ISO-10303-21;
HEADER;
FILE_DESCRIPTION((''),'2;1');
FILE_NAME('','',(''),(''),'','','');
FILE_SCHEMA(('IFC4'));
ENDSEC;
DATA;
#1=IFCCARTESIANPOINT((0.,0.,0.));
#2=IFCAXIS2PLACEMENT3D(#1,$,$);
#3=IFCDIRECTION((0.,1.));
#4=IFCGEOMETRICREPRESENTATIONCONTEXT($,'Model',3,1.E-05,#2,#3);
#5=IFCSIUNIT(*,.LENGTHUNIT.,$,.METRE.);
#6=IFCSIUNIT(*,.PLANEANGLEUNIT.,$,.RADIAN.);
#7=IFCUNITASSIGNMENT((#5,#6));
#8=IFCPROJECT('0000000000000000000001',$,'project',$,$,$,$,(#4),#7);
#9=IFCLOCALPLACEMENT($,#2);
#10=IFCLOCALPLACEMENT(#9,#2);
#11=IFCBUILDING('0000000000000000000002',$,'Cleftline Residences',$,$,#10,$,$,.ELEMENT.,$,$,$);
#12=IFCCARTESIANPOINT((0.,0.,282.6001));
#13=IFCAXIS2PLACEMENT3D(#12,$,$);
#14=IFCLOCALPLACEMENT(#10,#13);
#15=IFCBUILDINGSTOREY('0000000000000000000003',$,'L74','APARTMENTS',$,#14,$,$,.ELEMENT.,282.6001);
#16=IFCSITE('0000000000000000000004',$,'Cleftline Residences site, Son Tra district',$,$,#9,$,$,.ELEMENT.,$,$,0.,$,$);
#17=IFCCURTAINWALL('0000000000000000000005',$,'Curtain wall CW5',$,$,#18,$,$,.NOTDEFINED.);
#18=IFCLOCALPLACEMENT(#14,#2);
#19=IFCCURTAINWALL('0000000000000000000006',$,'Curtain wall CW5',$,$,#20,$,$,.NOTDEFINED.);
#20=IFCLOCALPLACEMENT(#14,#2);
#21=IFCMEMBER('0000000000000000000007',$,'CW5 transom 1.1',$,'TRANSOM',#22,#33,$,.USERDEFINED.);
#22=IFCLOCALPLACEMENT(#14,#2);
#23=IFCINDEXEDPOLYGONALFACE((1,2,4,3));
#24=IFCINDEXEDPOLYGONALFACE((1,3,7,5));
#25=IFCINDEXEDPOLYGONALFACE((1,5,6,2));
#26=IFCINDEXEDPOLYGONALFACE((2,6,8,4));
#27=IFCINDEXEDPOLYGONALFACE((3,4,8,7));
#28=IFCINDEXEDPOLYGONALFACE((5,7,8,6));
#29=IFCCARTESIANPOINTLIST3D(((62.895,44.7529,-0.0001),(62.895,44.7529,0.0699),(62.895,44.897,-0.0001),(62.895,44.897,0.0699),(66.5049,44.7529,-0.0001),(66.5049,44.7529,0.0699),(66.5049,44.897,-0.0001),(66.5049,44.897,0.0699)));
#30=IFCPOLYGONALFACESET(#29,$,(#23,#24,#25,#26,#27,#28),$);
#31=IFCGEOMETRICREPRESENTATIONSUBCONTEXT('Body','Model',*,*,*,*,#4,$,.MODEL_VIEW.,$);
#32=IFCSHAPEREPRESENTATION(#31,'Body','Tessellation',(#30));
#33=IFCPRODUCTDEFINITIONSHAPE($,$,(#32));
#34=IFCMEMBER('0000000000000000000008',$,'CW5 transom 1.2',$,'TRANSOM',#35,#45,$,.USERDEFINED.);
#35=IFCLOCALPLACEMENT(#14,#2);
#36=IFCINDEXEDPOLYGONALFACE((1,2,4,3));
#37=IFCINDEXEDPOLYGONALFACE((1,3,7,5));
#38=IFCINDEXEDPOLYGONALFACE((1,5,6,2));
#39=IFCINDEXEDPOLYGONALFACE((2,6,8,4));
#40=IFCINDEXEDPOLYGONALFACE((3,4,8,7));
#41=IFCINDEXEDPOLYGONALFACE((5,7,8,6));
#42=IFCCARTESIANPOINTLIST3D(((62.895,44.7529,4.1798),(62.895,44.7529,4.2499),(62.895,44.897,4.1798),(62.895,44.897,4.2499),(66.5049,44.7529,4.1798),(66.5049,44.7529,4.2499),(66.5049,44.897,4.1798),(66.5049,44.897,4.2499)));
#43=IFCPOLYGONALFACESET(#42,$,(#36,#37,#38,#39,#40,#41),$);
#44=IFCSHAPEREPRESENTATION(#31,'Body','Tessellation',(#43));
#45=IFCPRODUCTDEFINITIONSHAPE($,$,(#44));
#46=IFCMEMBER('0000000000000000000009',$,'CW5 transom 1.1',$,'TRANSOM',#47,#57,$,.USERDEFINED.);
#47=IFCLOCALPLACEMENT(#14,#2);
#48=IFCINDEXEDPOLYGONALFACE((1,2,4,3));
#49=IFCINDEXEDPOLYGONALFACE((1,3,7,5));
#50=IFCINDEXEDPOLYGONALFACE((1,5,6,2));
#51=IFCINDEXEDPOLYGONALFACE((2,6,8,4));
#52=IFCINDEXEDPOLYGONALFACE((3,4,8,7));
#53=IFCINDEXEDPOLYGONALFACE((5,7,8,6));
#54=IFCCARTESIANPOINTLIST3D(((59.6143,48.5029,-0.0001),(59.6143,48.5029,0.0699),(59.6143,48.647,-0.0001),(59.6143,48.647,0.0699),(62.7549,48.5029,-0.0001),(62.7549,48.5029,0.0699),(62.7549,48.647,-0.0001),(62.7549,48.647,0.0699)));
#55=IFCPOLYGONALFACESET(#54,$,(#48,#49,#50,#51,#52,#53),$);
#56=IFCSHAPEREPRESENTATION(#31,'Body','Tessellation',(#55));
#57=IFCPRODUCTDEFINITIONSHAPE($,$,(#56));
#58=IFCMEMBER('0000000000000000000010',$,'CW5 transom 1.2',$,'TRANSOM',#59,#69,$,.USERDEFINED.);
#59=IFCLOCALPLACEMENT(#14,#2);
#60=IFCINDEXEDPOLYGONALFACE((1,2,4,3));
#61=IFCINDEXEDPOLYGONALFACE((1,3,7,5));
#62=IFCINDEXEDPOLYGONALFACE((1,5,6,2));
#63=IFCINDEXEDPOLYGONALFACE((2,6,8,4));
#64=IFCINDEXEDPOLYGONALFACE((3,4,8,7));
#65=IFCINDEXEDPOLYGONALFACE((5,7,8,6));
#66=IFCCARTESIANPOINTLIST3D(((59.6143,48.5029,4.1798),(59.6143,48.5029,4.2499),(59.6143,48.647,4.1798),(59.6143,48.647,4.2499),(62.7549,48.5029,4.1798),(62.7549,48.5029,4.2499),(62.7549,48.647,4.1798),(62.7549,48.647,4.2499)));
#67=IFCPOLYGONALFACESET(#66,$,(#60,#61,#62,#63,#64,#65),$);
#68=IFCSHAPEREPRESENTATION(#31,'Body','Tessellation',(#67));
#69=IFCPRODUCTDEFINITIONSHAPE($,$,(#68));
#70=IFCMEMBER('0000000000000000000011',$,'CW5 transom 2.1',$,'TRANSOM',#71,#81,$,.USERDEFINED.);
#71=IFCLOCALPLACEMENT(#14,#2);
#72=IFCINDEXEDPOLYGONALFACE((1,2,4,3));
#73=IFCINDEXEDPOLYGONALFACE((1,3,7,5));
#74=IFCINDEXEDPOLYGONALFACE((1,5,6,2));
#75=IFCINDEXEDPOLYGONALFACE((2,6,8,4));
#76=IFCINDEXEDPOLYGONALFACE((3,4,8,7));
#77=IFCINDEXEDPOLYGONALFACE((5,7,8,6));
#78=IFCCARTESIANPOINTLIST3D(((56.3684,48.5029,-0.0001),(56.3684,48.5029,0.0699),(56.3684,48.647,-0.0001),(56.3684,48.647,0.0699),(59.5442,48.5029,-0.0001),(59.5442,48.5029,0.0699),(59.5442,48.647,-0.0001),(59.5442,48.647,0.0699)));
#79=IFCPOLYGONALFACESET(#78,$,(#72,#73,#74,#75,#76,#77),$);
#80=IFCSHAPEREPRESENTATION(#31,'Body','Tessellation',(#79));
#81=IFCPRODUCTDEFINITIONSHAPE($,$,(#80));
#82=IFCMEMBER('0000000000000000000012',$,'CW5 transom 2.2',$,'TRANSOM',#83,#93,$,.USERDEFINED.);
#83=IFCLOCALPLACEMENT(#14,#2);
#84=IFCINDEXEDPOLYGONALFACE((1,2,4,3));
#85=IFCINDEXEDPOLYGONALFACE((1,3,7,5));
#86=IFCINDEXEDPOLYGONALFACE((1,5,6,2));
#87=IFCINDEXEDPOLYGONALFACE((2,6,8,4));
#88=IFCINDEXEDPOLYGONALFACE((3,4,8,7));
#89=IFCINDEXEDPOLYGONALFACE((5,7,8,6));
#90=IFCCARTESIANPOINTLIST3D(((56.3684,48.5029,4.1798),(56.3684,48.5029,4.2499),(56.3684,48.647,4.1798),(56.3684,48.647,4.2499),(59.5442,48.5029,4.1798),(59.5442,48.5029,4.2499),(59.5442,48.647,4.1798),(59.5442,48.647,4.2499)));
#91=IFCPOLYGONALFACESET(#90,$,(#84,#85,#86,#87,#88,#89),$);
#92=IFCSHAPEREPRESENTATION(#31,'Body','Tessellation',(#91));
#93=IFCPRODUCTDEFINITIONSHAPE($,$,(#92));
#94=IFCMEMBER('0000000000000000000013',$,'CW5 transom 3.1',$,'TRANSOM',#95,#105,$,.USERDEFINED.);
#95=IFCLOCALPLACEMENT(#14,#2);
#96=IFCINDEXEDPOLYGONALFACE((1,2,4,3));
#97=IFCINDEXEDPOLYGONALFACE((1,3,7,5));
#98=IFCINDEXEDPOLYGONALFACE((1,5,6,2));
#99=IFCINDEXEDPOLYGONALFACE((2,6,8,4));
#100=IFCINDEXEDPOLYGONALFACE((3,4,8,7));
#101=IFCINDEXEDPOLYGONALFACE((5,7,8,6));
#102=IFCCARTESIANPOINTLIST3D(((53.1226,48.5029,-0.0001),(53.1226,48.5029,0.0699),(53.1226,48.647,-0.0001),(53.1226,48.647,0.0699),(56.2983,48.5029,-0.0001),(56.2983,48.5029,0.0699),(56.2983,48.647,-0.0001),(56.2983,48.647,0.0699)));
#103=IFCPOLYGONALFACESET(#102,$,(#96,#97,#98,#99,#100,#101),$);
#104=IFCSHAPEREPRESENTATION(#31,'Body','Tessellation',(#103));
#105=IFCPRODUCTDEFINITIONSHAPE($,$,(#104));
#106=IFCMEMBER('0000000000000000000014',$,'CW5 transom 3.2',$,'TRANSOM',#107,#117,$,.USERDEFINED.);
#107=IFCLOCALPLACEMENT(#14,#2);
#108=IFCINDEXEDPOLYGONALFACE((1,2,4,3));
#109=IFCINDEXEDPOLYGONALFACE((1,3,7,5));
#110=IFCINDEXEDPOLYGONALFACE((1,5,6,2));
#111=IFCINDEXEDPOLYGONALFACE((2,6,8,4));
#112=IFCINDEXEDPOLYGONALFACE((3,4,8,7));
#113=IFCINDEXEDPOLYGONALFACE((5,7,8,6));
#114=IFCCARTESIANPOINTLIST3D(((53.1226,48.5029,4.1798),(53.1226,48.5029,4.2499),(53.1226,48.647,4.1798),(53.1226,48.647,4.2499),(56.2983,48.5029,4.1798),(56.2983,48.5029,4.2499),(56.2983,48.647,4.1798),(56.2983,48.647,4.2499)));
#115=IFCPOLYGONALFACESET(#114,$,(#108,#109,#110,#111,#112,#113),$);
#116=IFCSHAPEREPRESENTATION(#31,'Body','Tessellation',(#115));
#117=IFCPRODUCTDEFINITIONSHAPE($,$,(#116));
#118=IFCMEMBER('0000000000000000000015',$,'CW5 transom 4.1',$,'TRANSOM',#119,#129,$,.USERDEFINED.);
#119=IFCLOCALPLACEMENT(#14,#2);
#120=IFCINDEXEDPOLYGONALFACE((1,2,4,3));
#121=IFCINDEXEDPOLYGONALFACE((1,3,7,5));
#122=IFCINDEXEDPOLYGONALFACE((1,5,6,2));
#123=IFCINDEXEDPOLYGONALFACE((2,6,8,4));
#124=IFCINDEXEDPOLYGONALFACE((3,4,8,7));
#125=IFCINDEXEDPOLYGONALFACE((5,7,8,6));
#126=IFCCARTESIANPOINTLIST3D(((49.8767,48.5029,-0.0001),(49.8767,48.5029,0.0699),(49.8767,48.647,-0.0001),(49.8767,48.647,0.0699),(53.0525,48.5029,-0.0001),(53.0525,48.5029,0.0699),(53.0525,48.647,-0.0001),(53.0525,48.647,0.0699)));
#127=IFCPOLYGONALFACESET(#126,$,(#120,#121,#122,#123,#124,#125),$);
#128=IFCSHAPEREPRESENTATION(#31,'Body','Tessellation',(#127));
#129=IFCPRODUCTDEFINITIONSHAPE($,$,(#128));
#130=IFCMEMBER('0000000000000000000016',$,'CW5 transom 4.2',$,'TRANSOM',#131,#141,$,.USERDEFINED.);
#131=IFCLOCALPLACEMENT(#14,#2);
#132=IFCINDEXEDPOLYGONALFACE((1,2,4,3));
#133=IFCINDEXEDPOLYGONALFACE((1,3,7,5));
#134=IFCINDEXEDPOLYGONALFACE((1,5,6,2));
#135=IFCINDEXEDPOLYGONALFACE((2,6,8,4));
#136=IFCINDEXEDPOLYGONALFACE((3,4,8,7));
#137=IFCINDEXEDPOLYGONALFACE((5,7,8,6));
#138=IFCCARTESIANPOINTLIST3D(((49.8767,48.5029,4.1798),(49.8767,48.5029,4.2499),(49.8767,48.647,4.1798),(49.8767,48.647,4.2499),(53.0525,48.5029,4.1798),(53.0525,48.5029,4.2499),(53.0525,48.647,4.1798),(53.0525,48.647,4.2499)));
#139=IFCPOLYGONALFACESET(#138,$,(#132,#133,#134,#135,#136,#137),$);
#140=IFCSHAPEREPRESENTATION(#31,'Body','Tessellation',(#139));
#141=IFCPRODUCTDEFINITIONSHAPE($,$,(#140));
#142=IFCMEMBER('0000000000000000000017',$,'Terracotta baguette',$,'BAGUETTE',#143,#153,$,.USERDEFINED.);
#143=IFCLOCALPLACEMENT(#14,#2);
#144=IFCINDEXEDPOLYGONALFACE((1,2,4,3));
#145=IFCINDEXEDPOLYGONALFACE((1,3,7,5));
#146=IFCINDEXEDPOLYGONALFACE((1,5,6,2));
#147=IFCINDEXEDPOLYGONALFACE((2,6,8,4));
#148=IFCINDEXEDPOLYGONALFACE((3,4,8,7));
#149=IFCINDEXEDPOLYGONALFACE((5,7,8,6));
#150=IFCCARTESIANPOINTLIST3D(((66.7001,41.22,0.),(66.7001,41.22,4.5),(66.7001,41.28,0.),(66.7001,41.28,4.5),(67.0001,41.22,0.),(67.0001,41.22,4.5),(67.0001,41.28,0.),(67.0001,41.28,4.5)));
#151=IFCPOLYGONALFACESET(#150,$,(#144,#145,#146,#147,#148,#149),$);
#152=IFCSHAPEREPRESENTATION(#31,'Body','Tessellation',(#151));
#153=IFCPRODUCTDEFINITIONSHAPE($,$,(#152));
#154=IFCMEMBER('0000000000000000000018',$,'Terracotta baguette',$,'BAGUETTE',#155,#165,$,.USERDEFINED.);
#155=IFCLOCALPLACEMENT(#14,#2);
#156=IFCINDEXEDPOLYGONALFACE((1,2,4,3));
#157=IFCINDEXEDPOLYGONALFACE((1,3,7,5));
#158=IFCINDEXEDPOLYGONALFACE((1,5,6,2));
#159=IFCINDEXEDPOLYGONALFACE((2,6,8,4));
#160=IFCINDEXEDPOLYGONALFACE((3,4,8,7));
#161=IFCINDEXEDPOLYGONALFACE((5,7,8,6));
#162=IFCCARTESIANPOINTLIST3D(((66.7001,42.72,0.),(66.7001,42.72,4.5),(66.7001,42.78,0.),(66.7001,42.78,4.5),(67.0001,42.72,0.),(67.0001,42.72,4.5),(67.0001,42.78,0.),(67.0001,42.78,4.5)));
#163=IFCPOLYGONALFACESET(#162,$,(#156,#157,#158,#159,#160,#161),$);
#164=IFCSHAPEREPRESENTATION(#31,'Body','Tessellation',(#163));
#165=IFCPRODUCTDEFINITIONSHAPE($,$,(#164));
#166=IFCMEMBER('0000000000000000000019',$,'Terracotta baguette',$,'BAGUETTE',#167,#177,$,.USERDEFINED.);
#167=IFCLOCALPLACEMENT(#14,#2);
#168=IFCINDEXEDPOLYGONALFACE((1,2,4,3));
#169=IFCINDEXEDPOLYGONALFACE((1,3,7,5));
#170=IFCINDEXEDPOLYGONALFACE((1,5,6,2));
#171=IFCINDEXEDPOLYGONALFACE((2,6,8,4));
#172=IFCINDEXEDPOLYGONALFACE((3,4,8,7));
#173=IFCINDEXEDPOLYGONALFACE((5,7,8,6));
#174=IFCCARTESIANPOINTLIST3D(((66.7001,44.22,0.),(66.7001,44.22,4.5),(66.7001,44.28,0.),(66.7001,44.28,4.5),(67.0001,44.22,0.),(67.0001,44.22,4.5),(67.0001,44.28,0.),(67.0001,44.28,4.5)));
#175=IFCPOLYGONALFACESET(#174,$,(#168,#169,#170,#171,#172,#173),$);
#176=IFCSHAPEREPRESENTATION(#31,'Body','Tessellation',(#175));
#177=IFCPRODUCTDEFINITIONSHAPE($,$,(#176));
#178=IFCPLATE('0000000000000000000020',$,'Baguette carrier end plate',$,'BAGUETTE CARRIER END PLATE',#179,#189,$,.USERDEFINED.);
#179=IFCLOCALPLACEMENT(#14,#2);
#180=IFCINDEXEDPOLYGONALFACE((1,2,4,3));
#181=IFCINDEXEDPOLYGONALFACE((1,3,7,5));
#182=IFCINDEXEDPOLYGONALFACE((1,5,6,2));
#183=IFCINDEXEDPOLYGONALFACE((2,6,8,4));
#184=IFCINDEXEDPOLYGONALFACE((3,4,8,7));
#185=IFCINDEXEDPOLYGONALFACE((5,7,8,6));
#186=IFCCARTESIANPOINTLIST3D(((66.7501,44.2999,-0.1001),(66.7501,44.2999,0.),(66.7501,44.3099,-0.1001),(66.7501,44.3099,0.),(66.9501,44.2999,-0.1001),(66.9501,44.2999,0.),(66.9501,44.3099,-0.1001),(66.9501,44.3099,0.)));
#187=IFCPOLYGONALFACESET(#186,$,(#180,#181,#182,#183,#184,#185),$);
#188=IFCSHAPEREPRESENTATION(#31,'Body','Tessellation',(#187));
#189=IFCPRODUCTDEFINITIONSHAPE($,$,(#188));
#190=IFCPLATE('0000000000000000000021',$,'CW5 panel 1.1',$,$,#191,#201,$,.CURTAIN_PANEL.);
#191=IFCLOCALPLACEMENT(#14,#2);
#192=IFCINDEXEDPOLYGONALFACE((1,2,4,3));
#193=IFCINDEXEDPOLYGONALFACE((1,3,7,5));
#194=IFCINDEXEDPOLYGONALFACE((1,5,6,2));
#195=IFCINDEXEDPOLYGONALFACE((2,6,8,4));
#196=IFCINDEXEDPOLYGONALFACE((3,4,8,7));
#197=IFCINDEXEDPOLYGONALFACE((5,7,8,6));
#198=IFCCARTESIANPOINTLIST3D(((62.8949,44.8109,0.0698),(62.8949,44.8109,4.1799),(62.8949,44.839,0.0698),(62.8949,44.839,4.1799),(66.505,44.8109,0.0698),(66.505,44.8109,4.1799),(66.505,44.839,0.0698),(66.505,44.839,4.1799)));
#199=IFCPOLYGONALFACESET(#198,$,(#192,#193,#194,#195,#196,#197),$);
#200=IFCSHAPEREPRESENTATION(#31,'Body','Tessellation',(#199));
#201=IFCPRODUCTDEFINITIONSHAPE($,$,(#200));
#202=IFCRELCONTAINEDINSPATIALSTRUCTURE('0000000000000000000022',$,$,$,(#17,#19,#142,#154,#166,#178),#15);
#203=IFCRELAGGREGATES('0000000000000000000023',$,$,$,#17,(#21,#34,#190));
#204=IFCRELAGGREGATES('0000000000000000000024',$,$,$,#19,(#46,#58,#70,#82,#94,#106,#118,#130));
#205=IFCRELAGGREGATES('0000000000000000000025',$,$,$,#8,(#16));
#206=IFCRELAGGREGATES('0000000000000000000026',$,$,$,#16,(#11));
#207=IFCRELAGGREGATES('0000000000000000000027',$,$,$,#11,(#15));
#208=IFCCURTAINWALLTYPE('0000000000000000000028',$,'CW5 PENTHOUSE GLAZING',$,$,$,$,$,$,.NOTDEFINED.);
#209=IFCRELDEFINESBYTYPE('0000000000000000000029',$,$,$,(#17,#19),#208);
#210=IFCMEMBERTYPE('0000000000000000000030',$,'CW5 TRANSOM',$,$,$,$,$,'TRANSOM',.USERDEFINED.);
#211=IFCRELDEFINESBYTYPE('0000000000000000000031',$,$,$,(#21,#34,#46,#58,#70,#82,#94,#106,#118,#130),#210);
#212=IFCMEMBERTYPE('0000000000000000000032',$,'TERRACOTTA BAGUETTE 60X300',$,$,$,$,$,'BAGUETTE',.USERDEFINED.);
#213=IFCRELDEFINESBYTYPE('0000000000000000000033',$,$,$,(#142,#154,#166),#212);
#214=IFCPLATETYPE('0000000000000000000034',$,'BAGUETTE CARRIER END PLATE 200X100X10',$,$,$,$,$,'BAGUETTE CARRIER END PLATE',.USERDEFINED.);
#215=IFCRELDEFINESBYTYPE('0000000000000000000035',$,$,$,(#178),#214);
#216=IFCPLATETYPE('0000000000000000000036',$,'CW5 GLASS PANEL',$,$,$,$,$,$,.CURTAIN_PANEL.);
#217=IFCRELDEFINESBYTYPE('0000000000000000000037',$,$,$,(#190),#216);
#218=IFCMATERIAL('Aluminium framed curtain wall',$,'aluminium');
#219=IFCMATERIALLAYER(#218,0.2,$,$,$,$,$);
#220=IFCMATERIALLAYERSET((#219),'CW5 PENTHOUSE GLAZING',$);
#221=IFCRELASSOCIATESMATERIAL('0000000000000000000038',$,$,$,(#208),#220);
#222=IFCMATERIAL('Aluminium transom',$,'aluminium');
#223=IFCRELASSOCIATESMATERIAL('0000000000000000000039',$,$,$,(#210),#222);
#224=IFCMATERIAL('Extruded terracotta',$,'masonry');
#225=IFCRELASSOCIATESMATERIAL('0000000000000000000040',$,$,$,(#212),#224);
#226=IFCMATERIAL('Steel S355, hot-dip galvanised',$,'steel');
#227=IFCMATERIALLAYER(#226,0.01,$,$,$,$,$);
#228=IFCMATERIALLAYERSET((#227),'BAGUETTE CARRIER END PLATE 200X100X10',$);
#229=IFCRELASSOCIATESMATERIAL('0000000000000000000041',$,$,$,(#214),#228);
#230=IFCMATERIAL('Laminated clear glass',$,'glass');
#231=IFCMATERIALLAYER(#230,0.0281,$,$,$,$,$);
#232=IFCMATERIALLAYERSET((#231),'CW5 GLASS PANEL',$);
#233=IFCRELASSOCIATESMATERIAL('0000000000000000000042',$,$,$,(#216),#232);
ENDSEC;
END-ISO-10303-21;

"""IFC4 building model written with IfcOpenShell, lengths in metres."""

from ifc_helpers import new_model, si_unit, direction, frame, origin, origin_2d, place, context, subcontext, project, spatial, rectangle, extrude, material, layer, layer_set, material_profile, profile_set, type_object, element, aggregate, save


model = new_model("IFC4")

# Units and contexts
model_context = context("Model", 3, precision=1e-05, world=origin(), true_north=direction((0.0, 1.0)))
body_context = subcontext(model_context, "Body", "Model", "MODEL_VIEW")
ifc_project = project(units=[si_unit("LENGTHUNIT", "METRE"), si_unit("PLANEANGLEUNIT", "RADIAN")], contexts=[model_context])

# Site, building, storey
site_placement = place(None, origin())
site = spatial("IfcSite", under=ifc_project, at=site_placement, Name="Cleftline Residences site, Son Tra district", CompositionType="ELEMENT", RefElevation=0.0)
building_placement = place(site_placement, origin())
building = spatial("IfcBuilding", under=site, at=building_placement, Name="Cleftline Residences", CompositionType="ELEMENT")
storey_placement = place(building_placement, frame((0.0, 0.0, 282.6001)))
storey = spatial("IfcBuildingStorey", under=building, at=storey_placement, Name="L74", Description="APARTMENTS", CompositionType="ELEMENT", Elevation=282.6001)

# Curtain walls
ifc_material_1 = material(Name="Aluminium framed curtain wall", Category="aluminium")
ifc_layer_1 = layer(ifc_material_1, 0.2)
ifc_layer_set_1 = layer_set([ifc_layer_1], Name="CW5 PENTHOUSE GLAZING")
curtain_wall_type = type_object("IfcCurtainWallType", Name="CW5 PENTHOUSE GLAZING", PredefinedType="NOTDEFINED", material=ifc_layer_set_1)
curtain_wall_1_placement = place(storey_placement, origin())
curtain_wall_1 = element("IfcCurtainWall", 1, at=curtain_wall_1_placement, inside=storey, type_object=curtain_wall_type, Name="Curtain wall CW5", PredefinedType="NOTDEFINED")
curtain_wall_2_placement = place(storey_placement, origin())
curtain_wall_2 = element("IfcCurtainWall", 2, at=curtain_wall_2_placement, inside=storey, type_object=curtain_wall_type, Name="Curtain wall CW5", PredefinedType="NOTDEFINED")

# Members
ifc_material_2 = material(Name="Aluminium transom", Category="aluminium")
ifc_material_profile_1 = material_profile(ifc_material_2, rectangle(XDim=0.144, YDim=0.0701, at=origin_2d()))
ifc_profile_set_1 = profile_set([ifc_material_profile_1], Name="Aluminium transom")
member_type_1 = type_object("IfcMemberType", Name="CW5 TRANSOM", ElementType="TRANSOM", PredefinedType="USERDEFINED", material=ifc_profile_set_1)
member_1_placement = place(storey_placement, frame((66.5049, 44.825, 0.0349), z_axis=(-1.0, 0.0, 0.0), x_axis=(0.0, -1.0, 0.0)))
member_1 = element("IfcMember", 3, at=member_1_placement, type_object=member_type_1, Name="CW5 transom 1.1", ObjectType="TRANSOM", PredefinedType="USERDEFINED", context=body_context, shape_type="SweptSolid", body=[
    extrude(rectangle(XDim=0.144, YDim=0.0701, at=origin_2d()), origin(), (0.0, 0.0, 1.0), 3.6099),
])
member_2_placement = place(storey_placement, frame((66.5049, 44.825, 4.2148), z_axis=(-1.0, 0.0, 0.0), x_axis=(0.0, -1.0, 0.0)))
member_2 = element("IfcMember", 4, at=member_2_placement, type_object=member_type_1, Name="CW5 transom 1.2", ObjectType="TRANSOM", PredefinedType="USERDEFINED", context=body_context, shape_type="SweptSolid", body=[
    extrude(rectangle(XDim=0.144, YDim=0.0701, at=origin_2d()), origin(), (0.0, 0.0, 1.0), 3.6099),
])
member_3_placement = place(storey_placement, frame((62.7549, 48.575, 0.0349), z_axis=(-1.0, 0.0, 0.0), x_axis=(0.0, -1.0, 0.0)))
member_3 = element("IfcMember", 5, at=member_3_placement, type_object=member_type_1, Name="CW5 transom 1.1", ObjectType="TRANSOM", PredefinedType="USERDEFINED", context=body_context, shape_type="SweptSolid", body=[
    extrude(rectangle(XDim=0.144, YDim=0.0701, at=origin_2d()), origin(), (0.0, 0.0, 1.0), 3.1406),
])
member_4_placement = place(storey_placement, frame((62.7549, 48.575, 4.2148), z_axis=(-1.0, 0.0, 0.0), x_axis=(0.0, -1.0, 0.0)))
member_4 = element("IfcMember", 6, at=member_4_placement, type_object=member_type_1, Name="CW5 transom 1.2", ObjectType="TRANSOM", PredefinedType="USERDEFINED", context=body_context, shape_type="SweptSolid", body=[
    extrude(rectangle(XDim=0.144, YDim=0.0701, at=origin_2d()), origin(), (0.0, 0.0, 1.0), 3.1406),
])
member_5_placement = place(storey_placement, frame((59.5442, 48.575, 0.0349), z_axis=(-1.0, 0.0, 0.0), x_axis=(0.0, -1.0, 0.0)))
member_5 = element("IfcMember", 7, at=member_5_placement, type_object=member_type_1, Name="CW5 transom 2.1", ObjectType="TRANSOM", PredefinedType="USERDEFINED", context=body_context, shape_type="SweptSolid", body=[
    extrude(rectangle(XDim=0.144, YDim=0.0701, at=origin_2d()), origin(), (0.0, 0.0, 1.0), 3.1758),
])
member_6_placement = place(storey_placement, frame((59.5442, 48.575, 4.2148), z_axis=(-1.0, 0.0, 0.0), x_axis=(0.0, -1.0, 0.0)))
member_6 = element("IfcMember", 8, at=member_6_placement, type_object=member_type_1, Name="CW5 transom 2.2", ObjectType="TRANSOM", PredefinedType="USERDEFINED", context=body_context, shape_type="SweptSolid", body=[
    extrude(rectangle(XDim=0.144, YDim=0.0701, at=origin_2d()), origin(), (0.0, 0.0, 1.0), 3.1758),
])
member_7_placement = place(storey_placement, frame((56.2983, 48.575, 0.0349), z_axis=(-1.0, 0.0, 0.0), x_axis=(0.0, -1.0, 0.0)))
member_7 = element("IfcMember", 9, at=member_7_placement, type_object=member_type_1, Name="CW5 transom 3.1", ObjectType="TRANSOM", PredefinedType="USERDEFINED", context=body_context, shape_type="SweptSolid", body=[
    extrude(rectangle(XDim=0.144, YDim=0.0701, at=origin_2d()), origin(), (0.0, 0.0, 1.0), 3.1758),
])
member_8_placement = place(storey_placement, frame((56.2983, 48.575, 4.2148), z_axis=(-1.0, 0.0, 0.0), x_axis=(0.0, -1.0, 0.0)))
member_8 = element("IfcMember", 10, at=member_8_placement, type_object=member_type_1, Name="CW5 transom 3.2", ObjectType="TRANSOM", PredefinedType="USERDEFINED", context=body_context, shape_type="SweptSolid", body=[
    extrude(rectangle(XDim=0.144, YDim=0.0701, at=origin_2d()), origin(), (0.0, 0.0, 1.0), 3.1758),
])
member_9_placement = place(storey_placement, frame((53.0525, 48.575, 0.0349), z_axis=(-1.0, 0.0, 0.0), x_axis=(0.0, -1.0, 0.0)))
member_9 = element("IfcMember", 11, at=member_9_placement, type_object=member_type_1, Name="CW5 transom 4.1", ObjectType="TRANSOM", PredefinedType="USERDEFINED", context=body_context, shape_type="SweptSolid", body=[
    extrude(rectangle(XDim=0.144, YDim=0.0701, at=origin_2d()), origin(), (0.0, 0.0, 1.0), 3.1758),
])
member_10_placement = place(storey_placement, frame((53.0525, 48.575, 4.2148), z_axis=(-1.0, 0.0, 0.0), x_axis=(0.0, -1.0, 0.0)))
member_10 = element("IfcMember", 12, at=member_10_placement, type_object=member_type_1, Name="CW5 transom 4.2", ObjectType="TRANSOM", PredefinedType="USERDEFINED", context=body_context, shape_type="SweptSolid", body=[
    extrude(rectangle(XDim=0.144, YDim=0.0701, at=origin_2d()), origin(), (0.0, 0.0, 1.0), 3.1758),
])

# Members
ifc_material_3 = material(Name="Extruded terracotta", Category="masonry")
ifc_material_profile_2 = material_profile(ifc_material_3, rectangle(XDim=0.0601, YDim=0.3, at=origin_2d()))
ifc_profile_set_2 = profile_set([ifc_material_profile_2], Name="Extruded terracotta")
member_type_2 = type_object("IfcMemberType", Name="TERRACOTTA BAGUETTE 60X300", ElementType="BAGUETTE", PredefinedType="USERDEFINED", material=ifc_profile_set_2)
for number, where, z_axis, x_axis, name in (
    (13, (66.8501, 41.25, 0.0), (0.0, 0.0, 1.0), (0.0, 1.0, 0.0), "Terracotta baguette"),
    (14, (66.8501, 42.75, 0.0), (0.0, 0.0, 1.0), (0.0, 1.0, 0.0), "Terracotta baguette"),
    (15, (66.8501, 44.25, 0.0), (0.0, 0.0, 1.0), (0.0, 1.0, 0.0), "Terracotta baguette"),
):
    element("IfcMember", number, at=place(storey_placement, frame(where, z_axis=z_axis, x_axis=x_axis)), inside=storey, type_object=member_type_2, Name=name, ObjectType="BAGUETTE", PredefinedType="USERDEFINED", context=body_context, shape_type="SweptSolid", body=[
        extrude(rectangle(XDim=0.0601, YDim=0.3, at=origin_2d()), origin(), (0.0, 0.0, 1.0), 4.5),
    ])

# Plates
ifc_material_4 = material(Name="Steel S355, hot-dip galvanised", Category="steel")
ifc_layer_2 = layer(ifc_material_4, 0.01)
ifc_layer_set_2 = layer_set([ifc_layer_2], Name="BAGUETTE CARRIER END PLATE 200X100X10")
plate_type_1 = type_object("IfcPlateType", Name="BAGUETTE CARRIER END PLATE 200X100X10", ElementType="BAGUETTE CARRIER END PLATE", PredefinedType="USERDEFINED", material=ifc_layer_set_2)
plate_1_placement = place(storey_placement, frame((66.8501, 44.3049, -0.1001), z_axis=(0.0, 0.0, 1.0), x_axis=(1.0, 0.0, 0.0)))
element("IfcPlate", 16, at=plate_1_placement, inside=storey, type_object=plate_type_1, Name="Baguette carrier end plate", ObjectType="BAGUETTE CARRIER END PLATE", PredefinedType="USERDEFINED", context=body_context, shape_type="SweptSolid", body=[
    extrude(rectangle(XDim=0.2, YDim=0.01, at=origin_2d()), origin(), (0.0, 0.0, 1.0), 0.1001),
])
ifc_material_5 = material(Name="Laminated clear glass", Category="glass")
ifc_layer_3 = layer(ifc_material_5, 0.0281)
ifc_layer_set_3 = layer_set([ifc_layer_3], Name="CW5 GLASS PANEL")
plate_type_2 = type_object("IfcPlateType", Name="CW5 GLASS PANEL", PredefinedType="CURTAIN_PANEL", material=ifc_layer_set_3)
plate_2_placement = place(storey_placement, frame((64.7, 44.825, 0.0698), z_axis=(0.0, 0.0, 1.0), x_axis=(-1.0, 0.0, 0.0)))
plate_2 = element("IfcPlate", 17, at=plate_2_placement, type_object=plate_type_2, Name="CW5 panel 1.1", PredefinedType="CURTAIN_PANEL", context=body_context, shape_type="SweptSolid", body=[
    extrude(rectangle(XDim=3.6101, YDim=0.0281, at=origin_2d()), origin(), (0.0, 0.0, 1.0), 4.1101),
])
aggregate(curtain_wall_1, [member_1, member_2, plate_2])
aggregate(curtain_wall_2, [member_3, member_4, member_5, member_6, member_7, member_8, member_9, member_10])

save(model, "model.ifc")
